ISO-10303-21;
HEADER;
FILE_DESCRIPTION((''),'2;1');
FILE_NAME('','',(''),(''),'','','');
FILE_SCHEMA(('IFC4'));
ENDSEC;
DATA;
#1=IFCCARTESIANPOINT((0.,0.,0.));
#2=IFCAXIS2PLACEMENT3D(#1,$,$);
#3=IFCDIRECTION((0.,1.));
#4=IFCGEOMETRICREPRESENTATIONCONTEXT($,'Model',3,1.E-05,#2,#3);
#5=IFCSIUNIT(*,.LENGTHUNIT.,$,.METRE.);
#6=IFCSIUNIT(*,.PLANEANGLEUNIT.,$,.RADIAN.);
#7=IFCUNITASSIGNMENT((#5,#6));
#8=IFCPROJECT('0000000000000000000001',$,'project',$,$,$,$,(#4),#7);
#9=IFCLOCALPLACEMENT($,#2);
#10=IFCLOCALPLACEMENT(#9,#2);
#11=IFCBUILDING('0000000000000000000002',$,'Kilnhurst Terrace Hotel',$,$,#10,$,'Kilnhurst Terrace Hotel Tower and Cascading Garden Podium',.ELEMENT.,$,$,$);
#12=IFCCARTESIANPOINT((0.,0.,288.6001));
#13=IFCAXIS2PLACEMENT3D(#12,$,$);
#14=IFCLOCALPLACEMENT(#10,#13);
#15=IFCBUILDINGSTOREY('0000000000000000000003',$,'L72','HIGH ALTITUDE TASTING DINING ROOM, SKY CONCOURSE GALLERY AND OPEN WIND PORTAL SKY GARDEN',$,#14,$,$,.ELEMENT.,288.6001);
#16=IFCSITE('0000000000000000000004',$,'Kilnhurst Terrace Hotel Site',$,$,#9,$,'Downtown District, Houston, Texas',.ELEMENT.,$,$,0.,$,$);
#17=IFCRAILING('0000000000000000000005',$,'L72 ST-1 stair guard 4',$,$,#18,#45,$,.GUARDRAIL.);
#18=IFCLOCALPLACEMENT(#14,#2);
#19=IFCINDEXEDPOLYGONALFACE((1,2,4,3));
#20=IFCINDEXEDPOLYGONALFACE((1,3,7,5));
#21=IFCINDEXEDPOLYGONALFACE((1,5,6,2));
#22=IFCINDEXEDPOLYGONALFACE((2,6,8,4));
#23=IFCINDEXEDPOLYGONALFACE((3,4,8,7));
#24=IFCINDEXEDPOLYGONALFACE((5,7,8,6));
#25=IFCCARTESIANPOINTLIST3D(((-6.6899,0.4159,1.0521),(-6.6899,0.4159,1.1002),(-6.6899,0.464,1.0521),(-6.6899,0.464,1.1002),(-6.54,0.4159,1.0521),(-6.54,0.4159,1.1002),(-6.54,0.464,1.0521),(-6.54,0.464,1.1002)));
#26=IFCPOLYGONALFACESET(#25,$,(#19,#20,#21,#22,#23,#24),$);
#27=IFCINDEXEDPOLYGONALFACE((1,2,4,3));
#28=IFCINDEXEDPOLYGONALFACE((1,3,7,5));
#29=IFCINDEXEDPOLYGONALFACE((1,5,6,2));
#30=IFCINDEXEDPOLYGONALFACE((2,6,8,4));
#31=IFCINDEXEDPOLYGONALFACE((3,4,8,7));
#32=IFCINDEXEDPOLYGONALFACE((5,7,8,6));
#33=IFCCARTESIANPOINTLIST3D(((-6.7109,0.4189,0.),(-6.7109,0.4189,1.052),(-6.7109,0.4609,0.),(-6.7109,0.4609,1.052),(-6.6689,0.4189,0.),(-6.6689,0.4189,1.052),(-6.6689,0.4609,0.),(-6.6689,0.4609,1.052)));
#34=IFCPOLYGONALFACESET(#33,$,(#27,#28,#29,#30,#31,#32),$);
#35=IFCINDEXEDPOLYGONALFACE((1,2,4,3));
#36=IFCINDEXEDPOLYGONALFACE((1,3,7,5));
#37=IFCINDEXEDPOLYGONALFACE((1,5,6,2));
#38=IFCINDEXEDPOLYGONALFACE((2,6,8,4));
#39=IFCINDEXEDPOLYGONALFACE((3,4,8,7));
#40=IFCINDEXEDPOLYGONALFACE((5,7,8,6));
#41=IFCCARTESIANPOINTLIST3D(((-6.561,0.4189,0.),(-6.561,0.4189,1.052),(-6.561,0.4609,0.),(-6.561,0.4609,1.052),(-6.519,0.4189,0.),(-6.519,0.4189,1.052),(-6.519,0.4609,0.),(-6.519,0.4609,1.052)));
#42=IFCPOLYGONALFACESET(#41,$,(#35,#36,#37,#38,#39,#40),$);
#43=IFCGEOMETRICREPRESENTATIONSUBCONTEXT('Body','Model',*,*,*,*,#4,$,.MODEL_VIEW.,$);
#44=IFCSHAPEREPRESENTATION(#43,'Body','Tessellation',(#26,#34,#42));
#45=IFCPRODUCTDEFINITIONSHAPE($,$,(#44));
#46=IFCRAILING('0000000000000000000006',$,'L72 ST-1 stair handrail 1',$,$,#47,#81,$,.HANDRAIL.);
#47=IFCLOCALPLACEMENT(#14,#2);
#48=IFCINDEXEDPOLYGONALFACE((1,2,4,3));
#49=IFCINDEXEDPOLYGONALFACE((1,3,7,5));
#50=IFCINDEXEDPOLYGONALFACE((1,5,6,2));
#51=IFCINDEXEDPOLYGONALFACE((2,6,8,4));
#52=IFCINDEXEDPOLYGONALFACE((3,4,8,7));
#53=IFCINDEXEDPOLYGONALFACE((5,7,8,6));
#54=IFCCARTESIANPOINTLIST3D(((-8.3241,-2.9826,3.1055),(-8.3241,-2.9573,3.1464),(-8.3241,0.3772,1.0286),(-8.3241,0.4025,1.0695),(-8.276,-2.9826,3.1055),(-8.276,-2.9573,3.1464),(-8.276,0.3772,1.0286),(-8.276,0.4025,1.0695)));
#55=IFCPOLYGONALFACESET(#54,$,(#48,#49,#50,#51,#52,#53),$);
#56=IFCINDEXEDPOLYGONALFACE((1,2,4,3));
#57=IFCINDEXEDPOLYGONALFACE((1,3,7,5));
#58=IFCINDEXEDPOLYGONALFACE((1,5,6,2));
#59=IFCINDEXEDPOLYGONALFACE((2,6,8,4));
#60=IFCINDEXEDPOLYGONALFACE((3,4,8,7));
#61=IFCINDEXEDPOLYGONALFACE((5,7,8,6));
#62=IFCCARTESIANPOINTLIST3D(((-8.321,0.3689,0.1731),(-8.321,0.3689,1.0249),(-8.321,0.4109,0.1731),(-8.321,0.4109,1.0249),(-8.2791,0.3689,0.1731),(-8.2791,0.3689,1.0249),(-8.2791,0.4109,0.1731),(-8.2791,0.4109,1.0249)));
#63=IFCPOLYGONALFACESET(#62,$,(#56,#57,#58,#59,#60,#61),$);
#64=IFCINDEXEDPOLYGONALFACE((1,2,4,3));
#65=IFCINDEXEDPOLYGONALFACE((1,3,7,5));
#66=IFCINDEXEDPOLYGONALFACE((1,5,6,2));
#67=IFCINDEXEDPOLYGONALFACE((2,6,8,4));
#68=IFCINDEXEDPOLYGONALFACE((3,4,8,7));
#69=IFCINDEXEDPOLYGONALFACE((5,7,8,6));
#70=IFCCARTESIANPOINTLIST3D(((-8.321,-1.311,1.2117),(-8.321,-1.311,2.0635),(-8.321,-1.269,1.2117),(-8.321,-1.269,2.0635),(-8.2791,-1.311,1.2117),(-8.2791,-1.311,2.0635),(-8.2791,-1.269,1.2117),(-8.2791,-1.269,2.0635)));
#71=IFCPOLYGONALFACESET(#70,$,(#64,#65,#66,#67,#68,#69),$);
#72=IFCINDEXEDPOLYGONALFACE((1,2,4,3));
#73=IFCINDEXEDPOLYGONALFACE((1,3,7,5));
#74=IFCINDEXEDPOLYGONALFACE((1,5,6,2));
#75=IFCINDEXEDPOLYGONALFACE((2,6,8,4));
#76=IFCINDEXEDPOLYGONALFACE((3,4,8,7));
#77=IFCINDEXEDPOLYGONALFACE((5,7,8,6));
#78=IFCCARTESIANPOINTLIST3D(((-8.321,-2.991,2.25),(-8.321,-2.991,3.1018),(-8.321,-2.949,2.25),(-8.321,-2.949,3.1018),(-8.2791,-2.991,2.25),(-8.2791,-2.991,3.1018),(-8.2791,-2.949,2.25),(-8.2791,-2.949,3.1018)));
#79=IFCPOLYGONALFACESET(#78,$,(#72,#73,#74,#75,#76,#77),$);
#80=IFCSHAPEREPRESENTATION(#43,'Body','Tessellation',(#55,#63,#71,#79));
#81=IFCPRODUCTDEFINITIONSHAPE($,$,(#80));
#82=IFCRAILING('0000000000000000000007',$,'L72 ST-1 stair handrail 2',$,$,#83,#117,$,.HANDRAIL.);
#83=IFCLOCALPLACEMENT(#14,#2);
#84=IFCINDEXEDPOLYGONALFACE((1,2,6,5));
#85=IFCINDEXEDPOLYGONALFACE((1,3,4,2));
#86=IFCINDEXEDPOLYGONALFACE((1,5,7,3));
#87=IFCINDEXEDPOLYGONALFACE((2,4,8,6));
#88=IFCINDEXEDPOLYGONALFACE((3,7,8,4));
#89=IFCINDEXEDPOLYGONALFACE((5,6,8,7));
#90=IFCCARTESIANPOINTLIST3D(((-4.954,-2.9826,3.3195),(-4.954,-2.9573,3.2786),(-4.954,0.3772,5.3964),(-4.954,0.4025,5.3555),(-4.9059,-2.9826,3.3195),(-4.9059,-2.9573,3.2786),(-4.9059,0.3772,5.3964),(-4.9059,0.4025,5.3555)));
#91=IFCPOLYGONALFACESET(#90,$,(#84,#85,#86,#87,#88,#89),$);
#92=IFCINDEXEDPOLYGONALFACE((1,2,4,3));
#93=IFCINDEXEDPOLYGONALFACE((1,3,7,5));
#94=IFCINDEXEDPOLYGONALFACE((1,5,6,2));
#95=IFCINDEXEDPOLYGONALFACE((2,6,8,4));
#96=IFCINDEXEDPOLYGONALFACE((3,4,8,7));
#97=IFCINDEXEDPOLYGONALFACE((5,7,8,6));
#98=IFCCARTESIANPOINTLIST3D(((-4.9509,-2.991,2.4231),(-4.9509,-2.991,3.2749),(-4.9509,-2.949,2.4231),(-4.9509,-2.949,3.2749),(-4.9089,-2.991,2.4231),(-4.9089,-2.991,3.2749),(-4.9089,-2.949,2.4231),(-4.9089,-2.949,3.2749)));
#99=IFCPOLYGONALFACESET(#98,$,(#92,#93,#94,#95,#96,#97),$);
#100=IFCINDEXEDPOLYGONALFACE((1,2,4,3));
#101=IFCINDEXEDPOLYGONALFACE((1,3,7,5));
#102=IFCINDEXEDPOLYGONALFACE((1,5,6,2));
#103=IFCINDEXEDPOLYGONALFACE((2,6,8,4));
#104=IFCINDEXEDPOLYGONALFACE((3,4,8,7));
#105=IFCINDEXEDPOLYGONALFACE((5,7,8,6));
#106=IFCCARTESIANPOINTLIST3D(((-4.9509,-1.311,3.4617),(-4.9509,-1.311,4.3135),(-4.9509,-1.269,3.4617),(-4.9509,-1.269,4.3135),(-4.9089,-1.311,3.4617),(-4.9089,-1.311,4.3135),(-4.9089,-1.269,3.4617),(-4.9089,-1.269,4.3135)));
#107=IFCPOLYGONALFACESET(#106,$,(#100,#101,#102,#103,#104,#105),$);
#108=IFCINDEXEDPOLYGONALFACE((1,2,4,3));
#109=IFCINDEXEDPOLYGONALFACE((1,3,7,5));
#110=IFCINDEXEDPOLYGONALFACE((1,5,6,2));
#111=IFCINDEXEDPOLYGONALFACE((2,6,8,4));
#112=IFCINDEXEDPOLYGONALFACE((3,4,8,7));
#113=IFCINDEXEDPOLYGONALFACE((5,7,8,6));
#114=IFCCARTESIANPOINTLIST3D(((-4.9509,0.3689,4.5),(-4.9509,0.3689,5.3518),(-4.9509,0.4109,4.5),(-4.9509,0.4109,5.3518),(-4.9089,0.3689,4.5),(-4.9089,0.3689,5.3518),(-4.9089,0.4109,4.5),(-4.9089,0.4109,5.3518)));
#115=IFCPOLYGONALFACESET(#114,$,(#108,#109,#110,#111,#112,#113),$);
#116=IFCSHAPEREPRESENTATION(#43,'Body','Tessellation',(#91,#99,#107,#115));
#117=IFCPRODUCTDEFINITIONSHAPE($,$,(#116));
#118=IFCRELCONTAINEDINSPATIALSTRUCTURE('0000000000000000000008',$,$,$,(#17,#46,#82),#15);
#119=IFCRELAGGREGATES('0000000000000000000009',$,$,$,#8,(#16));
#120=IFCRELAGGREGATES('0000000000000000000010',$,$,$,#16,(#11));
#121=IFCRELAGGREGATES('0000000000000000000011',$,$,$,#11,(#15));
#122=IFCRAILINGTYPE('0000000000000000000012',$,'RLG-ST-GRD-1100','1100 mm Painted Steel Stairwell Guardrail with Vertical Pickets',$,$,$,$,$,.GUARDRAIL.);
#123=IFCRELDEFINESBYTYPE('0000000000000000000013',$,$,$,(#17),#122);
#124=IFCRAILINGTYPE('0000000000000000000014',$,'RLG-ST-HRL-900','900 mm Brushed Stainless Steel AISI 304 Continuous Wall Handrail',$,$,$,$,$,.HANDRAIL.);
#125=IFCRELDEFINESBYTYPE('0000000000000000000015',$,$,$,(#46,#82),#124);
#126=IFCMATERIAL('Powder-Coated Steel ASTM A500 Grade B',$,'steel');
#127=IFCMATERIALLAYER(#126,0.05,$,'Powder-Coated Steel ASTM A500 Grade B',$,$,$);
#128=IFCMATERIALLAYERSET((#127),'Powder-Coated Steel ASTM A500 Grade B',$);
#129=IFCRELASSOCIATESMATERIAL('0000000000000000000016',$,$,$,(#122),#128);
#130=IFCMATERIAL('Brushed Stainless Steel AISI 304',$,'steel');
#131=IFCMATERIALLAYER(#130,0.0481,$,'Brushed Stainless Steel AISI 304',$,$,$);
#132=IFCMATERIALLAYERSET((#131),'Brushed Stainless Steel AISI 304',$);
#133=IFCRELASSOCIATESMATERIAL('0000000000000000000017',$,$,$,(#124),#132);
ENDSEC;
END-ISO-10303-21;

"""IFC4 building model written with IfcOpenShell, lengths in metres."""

from ifc_helpers import new_model, si_unit, direction, frame, origin, origin_2d, place, context, subcontext, project, spatial, rectangle, extrude, material, layer, layer_set, type_object, element, save


model = new_model("IFC4")

# Units and contexts
model_context = context("Model", 3, precision=1e-05, world=origin(), true_north=direction((0.0, 1.0)))
body_context = subcontext(model_context, "Body", "Model", "MODEL_VIEW")
ifc_project = project(units=[si_unit("LENGTHUNIT", "METRE"), si_unit("PLANEANGLEUNIT", "RADIAN")], contexts=[model_context])

# Site, building, storey
site_placement = place(None, origin())
site = spatial("IfcSite", under=ifc_project, at=site_placement, Name="Kilnhurst Terrace Hotel Site", LongName="Downtown District, Houston, Texas", CompositionType="ELEMENT", RefElevation=0.0)
building_placement = place(site_placement, origin())
building = spatial("IfcBuilding", under=site, at=building_placement, Name="Kilnhurst Terrace Hotel", LongName="Kilnhurst Terrace Hotel Tower and Cascading Garden Podium", CompositionType="ELEMENT")
storey_placement = place(building_placement, frame((0.0, 0.0, 288.6001)))
storey = spatial("IfcBuildingStorey", under=building, at=storey_placement, Name="L72", Description="HIGH ALTITUDE TASTING DINING ROOM, SKY CONCOURSE GALLERY AND OPEN WIND PORTAL SKY GARDEN", CompositionType="ELEMENT", Elevation=288.6001)

# Railings
ifc_material_1 = material(Name="Powder-Coated Steel ASTM A500 Grade B", Category="steel")
ifc_layer_1 = layer(ifc_material_1, 0.05, Name="Powder-Coated Steel ASTM A500 Grade B")
ifc_layer_set_1 = layer_set([ifc_layer_1], Name="Powder-Coated Steel ASTM A500 Grade B")
railing_type_1 = type_object("IfcRailingType", Name="RLG-ST-GRD-1100", Description="1100 mm Painted Steel Stairwell Guardrail with Vertical Pickets", PredefinedType="GUARDRAIL", material=ifc_layer_set_1)
railing_1_placement = place(storey_placement, frame((-6.6899, 0.4399, 0.0)))
element("IfcRailing", 1, at=railing_1_placement, inside=storey, type_object=railing_type_1, Name="L72 ST-1 stair guard 4", PredefinedType="GUARDRAIL", context=body_context, shape_type="SweptSolid", body=[
    extrude(rectangle(XDim=0.0481, YDim=0.0481, at=origin_2d()), frame((0.0, 0.0, 1.0762), z_axis=(1.0, 0.0, 0.0), x_axis=(0.0, 1.0, 0.0)), (0.0, 0.0, 1.0), 0.1499),
    extrude(rectangle(XDim=0.042, YDim=0.042, at=origin_2d()), origin(), (0.0, 0.0, 1.0), 1.052),
    extrude(rectangle(XDim=0.042, YDim=0.042, at=origin_2d()), frame((0.1499, 0.0, 0.0)), (0.0, 0.0, 1.0), 1.052),
])
ifc_material_2 = material(Name="Brushed Stainless Steel AISI 304", Category="steel")
ifc_layer_2 = layer(ifc_material_2, 0.0481, Name="Brushed Stainless Steel AISI 304")
ifc_layer_set_2 = layer_set([ifc_layer_2], Name="Brushed Stainless Steel AISI 304")
railing_type_2 = type_object("IfcRailingType", Name="RLG-ST-HRL-900", Description="900 mm Brushed Stainless Steel AISI 304 Continuous Wall Handrail", PredefinedType="HANDRAIL", material=ifc_layer_set_2)
railing_2_placement = place(storey_placement, frame((-8.3, 0.3899, 0.1731)))
element("IfcRailing", 2, at=railing_2_placement, inside=storey, type_object=railing_type_2, Name="L72 ST-1 stair handrail 1", PredefinedType="HANDRAIL", context=body_context, shape_type="SweptSolid", body=[
    extrude(rectangle(XDim=0.0481, YDim=0.0481, at=origin_2d()), frame((0.0, 0.0, 0.876), z_axis=(0.0, -0.850606, 0.525803), x_axis=(1.0, 0.0, 0.0)), (0.0, 0.0, 1.0), 3.95),
    extrude(rectangle(XDim=0.042, YDim=0.042, at=origin_2d()), origin(), (0.0, 0.0, 1.0), 0.8518),
    extrude(rectangle(XDim=0.042, YDim=0.042, at=origin_2d()), frame((0.0, -1.6799, 1.0386)), (0.0, 0.0, 1.0), 0.8518),
    extrude(rectangle(XDim=0.042, YDim=0.042, at=origin_2d()), frame((0.0, -3.3599, 2.0769)), (0.0, 0.0, 1.0), 0.8518),
])
railing_3_placement = place(storey_placement, frame((-4.9299, -2.97, 2.4231)))
element("IfcRailing", 3, at=railing_3_placement, inside=storey, type_object=railing_type_2, Name="L72 ST-1 stair handrail 2", PredefinedType="HANDRAIL", context=body_context, shape_type="SweptSolid", body=[
    extrude(rectangle(XDim=0.0481, YDim=0.0481, at=origin_2d()), frame((0.0, 0.0, 0.876), z_axis=(0.0, 0.850606, 0.525803), x_axis=(-1.0, 0.0, 0.0)), (0.0, 0.0, 1.0), 3.95),
    extrude(rectangle(XDim=0.042, YDim=0.042, at=origin_2d()), origin(), (0.0, 0.0, 1.0), 0.8518),
    extrude(rectangle(XDim=0.042, YDim=0.042, at=origin_2d()), frame((0.0, 1.6799, 1.0386)), (0.0, 0.0, 1.0), 0.8518),
    extrude(rectangle(XDim=0.042, YDim=0.042, at=origin_2d()), frame((0.0, 3.3599, 2.0769)), (0.0, 0.0, 1.0), 0.8518),
])

save(model, "model.ifc")
